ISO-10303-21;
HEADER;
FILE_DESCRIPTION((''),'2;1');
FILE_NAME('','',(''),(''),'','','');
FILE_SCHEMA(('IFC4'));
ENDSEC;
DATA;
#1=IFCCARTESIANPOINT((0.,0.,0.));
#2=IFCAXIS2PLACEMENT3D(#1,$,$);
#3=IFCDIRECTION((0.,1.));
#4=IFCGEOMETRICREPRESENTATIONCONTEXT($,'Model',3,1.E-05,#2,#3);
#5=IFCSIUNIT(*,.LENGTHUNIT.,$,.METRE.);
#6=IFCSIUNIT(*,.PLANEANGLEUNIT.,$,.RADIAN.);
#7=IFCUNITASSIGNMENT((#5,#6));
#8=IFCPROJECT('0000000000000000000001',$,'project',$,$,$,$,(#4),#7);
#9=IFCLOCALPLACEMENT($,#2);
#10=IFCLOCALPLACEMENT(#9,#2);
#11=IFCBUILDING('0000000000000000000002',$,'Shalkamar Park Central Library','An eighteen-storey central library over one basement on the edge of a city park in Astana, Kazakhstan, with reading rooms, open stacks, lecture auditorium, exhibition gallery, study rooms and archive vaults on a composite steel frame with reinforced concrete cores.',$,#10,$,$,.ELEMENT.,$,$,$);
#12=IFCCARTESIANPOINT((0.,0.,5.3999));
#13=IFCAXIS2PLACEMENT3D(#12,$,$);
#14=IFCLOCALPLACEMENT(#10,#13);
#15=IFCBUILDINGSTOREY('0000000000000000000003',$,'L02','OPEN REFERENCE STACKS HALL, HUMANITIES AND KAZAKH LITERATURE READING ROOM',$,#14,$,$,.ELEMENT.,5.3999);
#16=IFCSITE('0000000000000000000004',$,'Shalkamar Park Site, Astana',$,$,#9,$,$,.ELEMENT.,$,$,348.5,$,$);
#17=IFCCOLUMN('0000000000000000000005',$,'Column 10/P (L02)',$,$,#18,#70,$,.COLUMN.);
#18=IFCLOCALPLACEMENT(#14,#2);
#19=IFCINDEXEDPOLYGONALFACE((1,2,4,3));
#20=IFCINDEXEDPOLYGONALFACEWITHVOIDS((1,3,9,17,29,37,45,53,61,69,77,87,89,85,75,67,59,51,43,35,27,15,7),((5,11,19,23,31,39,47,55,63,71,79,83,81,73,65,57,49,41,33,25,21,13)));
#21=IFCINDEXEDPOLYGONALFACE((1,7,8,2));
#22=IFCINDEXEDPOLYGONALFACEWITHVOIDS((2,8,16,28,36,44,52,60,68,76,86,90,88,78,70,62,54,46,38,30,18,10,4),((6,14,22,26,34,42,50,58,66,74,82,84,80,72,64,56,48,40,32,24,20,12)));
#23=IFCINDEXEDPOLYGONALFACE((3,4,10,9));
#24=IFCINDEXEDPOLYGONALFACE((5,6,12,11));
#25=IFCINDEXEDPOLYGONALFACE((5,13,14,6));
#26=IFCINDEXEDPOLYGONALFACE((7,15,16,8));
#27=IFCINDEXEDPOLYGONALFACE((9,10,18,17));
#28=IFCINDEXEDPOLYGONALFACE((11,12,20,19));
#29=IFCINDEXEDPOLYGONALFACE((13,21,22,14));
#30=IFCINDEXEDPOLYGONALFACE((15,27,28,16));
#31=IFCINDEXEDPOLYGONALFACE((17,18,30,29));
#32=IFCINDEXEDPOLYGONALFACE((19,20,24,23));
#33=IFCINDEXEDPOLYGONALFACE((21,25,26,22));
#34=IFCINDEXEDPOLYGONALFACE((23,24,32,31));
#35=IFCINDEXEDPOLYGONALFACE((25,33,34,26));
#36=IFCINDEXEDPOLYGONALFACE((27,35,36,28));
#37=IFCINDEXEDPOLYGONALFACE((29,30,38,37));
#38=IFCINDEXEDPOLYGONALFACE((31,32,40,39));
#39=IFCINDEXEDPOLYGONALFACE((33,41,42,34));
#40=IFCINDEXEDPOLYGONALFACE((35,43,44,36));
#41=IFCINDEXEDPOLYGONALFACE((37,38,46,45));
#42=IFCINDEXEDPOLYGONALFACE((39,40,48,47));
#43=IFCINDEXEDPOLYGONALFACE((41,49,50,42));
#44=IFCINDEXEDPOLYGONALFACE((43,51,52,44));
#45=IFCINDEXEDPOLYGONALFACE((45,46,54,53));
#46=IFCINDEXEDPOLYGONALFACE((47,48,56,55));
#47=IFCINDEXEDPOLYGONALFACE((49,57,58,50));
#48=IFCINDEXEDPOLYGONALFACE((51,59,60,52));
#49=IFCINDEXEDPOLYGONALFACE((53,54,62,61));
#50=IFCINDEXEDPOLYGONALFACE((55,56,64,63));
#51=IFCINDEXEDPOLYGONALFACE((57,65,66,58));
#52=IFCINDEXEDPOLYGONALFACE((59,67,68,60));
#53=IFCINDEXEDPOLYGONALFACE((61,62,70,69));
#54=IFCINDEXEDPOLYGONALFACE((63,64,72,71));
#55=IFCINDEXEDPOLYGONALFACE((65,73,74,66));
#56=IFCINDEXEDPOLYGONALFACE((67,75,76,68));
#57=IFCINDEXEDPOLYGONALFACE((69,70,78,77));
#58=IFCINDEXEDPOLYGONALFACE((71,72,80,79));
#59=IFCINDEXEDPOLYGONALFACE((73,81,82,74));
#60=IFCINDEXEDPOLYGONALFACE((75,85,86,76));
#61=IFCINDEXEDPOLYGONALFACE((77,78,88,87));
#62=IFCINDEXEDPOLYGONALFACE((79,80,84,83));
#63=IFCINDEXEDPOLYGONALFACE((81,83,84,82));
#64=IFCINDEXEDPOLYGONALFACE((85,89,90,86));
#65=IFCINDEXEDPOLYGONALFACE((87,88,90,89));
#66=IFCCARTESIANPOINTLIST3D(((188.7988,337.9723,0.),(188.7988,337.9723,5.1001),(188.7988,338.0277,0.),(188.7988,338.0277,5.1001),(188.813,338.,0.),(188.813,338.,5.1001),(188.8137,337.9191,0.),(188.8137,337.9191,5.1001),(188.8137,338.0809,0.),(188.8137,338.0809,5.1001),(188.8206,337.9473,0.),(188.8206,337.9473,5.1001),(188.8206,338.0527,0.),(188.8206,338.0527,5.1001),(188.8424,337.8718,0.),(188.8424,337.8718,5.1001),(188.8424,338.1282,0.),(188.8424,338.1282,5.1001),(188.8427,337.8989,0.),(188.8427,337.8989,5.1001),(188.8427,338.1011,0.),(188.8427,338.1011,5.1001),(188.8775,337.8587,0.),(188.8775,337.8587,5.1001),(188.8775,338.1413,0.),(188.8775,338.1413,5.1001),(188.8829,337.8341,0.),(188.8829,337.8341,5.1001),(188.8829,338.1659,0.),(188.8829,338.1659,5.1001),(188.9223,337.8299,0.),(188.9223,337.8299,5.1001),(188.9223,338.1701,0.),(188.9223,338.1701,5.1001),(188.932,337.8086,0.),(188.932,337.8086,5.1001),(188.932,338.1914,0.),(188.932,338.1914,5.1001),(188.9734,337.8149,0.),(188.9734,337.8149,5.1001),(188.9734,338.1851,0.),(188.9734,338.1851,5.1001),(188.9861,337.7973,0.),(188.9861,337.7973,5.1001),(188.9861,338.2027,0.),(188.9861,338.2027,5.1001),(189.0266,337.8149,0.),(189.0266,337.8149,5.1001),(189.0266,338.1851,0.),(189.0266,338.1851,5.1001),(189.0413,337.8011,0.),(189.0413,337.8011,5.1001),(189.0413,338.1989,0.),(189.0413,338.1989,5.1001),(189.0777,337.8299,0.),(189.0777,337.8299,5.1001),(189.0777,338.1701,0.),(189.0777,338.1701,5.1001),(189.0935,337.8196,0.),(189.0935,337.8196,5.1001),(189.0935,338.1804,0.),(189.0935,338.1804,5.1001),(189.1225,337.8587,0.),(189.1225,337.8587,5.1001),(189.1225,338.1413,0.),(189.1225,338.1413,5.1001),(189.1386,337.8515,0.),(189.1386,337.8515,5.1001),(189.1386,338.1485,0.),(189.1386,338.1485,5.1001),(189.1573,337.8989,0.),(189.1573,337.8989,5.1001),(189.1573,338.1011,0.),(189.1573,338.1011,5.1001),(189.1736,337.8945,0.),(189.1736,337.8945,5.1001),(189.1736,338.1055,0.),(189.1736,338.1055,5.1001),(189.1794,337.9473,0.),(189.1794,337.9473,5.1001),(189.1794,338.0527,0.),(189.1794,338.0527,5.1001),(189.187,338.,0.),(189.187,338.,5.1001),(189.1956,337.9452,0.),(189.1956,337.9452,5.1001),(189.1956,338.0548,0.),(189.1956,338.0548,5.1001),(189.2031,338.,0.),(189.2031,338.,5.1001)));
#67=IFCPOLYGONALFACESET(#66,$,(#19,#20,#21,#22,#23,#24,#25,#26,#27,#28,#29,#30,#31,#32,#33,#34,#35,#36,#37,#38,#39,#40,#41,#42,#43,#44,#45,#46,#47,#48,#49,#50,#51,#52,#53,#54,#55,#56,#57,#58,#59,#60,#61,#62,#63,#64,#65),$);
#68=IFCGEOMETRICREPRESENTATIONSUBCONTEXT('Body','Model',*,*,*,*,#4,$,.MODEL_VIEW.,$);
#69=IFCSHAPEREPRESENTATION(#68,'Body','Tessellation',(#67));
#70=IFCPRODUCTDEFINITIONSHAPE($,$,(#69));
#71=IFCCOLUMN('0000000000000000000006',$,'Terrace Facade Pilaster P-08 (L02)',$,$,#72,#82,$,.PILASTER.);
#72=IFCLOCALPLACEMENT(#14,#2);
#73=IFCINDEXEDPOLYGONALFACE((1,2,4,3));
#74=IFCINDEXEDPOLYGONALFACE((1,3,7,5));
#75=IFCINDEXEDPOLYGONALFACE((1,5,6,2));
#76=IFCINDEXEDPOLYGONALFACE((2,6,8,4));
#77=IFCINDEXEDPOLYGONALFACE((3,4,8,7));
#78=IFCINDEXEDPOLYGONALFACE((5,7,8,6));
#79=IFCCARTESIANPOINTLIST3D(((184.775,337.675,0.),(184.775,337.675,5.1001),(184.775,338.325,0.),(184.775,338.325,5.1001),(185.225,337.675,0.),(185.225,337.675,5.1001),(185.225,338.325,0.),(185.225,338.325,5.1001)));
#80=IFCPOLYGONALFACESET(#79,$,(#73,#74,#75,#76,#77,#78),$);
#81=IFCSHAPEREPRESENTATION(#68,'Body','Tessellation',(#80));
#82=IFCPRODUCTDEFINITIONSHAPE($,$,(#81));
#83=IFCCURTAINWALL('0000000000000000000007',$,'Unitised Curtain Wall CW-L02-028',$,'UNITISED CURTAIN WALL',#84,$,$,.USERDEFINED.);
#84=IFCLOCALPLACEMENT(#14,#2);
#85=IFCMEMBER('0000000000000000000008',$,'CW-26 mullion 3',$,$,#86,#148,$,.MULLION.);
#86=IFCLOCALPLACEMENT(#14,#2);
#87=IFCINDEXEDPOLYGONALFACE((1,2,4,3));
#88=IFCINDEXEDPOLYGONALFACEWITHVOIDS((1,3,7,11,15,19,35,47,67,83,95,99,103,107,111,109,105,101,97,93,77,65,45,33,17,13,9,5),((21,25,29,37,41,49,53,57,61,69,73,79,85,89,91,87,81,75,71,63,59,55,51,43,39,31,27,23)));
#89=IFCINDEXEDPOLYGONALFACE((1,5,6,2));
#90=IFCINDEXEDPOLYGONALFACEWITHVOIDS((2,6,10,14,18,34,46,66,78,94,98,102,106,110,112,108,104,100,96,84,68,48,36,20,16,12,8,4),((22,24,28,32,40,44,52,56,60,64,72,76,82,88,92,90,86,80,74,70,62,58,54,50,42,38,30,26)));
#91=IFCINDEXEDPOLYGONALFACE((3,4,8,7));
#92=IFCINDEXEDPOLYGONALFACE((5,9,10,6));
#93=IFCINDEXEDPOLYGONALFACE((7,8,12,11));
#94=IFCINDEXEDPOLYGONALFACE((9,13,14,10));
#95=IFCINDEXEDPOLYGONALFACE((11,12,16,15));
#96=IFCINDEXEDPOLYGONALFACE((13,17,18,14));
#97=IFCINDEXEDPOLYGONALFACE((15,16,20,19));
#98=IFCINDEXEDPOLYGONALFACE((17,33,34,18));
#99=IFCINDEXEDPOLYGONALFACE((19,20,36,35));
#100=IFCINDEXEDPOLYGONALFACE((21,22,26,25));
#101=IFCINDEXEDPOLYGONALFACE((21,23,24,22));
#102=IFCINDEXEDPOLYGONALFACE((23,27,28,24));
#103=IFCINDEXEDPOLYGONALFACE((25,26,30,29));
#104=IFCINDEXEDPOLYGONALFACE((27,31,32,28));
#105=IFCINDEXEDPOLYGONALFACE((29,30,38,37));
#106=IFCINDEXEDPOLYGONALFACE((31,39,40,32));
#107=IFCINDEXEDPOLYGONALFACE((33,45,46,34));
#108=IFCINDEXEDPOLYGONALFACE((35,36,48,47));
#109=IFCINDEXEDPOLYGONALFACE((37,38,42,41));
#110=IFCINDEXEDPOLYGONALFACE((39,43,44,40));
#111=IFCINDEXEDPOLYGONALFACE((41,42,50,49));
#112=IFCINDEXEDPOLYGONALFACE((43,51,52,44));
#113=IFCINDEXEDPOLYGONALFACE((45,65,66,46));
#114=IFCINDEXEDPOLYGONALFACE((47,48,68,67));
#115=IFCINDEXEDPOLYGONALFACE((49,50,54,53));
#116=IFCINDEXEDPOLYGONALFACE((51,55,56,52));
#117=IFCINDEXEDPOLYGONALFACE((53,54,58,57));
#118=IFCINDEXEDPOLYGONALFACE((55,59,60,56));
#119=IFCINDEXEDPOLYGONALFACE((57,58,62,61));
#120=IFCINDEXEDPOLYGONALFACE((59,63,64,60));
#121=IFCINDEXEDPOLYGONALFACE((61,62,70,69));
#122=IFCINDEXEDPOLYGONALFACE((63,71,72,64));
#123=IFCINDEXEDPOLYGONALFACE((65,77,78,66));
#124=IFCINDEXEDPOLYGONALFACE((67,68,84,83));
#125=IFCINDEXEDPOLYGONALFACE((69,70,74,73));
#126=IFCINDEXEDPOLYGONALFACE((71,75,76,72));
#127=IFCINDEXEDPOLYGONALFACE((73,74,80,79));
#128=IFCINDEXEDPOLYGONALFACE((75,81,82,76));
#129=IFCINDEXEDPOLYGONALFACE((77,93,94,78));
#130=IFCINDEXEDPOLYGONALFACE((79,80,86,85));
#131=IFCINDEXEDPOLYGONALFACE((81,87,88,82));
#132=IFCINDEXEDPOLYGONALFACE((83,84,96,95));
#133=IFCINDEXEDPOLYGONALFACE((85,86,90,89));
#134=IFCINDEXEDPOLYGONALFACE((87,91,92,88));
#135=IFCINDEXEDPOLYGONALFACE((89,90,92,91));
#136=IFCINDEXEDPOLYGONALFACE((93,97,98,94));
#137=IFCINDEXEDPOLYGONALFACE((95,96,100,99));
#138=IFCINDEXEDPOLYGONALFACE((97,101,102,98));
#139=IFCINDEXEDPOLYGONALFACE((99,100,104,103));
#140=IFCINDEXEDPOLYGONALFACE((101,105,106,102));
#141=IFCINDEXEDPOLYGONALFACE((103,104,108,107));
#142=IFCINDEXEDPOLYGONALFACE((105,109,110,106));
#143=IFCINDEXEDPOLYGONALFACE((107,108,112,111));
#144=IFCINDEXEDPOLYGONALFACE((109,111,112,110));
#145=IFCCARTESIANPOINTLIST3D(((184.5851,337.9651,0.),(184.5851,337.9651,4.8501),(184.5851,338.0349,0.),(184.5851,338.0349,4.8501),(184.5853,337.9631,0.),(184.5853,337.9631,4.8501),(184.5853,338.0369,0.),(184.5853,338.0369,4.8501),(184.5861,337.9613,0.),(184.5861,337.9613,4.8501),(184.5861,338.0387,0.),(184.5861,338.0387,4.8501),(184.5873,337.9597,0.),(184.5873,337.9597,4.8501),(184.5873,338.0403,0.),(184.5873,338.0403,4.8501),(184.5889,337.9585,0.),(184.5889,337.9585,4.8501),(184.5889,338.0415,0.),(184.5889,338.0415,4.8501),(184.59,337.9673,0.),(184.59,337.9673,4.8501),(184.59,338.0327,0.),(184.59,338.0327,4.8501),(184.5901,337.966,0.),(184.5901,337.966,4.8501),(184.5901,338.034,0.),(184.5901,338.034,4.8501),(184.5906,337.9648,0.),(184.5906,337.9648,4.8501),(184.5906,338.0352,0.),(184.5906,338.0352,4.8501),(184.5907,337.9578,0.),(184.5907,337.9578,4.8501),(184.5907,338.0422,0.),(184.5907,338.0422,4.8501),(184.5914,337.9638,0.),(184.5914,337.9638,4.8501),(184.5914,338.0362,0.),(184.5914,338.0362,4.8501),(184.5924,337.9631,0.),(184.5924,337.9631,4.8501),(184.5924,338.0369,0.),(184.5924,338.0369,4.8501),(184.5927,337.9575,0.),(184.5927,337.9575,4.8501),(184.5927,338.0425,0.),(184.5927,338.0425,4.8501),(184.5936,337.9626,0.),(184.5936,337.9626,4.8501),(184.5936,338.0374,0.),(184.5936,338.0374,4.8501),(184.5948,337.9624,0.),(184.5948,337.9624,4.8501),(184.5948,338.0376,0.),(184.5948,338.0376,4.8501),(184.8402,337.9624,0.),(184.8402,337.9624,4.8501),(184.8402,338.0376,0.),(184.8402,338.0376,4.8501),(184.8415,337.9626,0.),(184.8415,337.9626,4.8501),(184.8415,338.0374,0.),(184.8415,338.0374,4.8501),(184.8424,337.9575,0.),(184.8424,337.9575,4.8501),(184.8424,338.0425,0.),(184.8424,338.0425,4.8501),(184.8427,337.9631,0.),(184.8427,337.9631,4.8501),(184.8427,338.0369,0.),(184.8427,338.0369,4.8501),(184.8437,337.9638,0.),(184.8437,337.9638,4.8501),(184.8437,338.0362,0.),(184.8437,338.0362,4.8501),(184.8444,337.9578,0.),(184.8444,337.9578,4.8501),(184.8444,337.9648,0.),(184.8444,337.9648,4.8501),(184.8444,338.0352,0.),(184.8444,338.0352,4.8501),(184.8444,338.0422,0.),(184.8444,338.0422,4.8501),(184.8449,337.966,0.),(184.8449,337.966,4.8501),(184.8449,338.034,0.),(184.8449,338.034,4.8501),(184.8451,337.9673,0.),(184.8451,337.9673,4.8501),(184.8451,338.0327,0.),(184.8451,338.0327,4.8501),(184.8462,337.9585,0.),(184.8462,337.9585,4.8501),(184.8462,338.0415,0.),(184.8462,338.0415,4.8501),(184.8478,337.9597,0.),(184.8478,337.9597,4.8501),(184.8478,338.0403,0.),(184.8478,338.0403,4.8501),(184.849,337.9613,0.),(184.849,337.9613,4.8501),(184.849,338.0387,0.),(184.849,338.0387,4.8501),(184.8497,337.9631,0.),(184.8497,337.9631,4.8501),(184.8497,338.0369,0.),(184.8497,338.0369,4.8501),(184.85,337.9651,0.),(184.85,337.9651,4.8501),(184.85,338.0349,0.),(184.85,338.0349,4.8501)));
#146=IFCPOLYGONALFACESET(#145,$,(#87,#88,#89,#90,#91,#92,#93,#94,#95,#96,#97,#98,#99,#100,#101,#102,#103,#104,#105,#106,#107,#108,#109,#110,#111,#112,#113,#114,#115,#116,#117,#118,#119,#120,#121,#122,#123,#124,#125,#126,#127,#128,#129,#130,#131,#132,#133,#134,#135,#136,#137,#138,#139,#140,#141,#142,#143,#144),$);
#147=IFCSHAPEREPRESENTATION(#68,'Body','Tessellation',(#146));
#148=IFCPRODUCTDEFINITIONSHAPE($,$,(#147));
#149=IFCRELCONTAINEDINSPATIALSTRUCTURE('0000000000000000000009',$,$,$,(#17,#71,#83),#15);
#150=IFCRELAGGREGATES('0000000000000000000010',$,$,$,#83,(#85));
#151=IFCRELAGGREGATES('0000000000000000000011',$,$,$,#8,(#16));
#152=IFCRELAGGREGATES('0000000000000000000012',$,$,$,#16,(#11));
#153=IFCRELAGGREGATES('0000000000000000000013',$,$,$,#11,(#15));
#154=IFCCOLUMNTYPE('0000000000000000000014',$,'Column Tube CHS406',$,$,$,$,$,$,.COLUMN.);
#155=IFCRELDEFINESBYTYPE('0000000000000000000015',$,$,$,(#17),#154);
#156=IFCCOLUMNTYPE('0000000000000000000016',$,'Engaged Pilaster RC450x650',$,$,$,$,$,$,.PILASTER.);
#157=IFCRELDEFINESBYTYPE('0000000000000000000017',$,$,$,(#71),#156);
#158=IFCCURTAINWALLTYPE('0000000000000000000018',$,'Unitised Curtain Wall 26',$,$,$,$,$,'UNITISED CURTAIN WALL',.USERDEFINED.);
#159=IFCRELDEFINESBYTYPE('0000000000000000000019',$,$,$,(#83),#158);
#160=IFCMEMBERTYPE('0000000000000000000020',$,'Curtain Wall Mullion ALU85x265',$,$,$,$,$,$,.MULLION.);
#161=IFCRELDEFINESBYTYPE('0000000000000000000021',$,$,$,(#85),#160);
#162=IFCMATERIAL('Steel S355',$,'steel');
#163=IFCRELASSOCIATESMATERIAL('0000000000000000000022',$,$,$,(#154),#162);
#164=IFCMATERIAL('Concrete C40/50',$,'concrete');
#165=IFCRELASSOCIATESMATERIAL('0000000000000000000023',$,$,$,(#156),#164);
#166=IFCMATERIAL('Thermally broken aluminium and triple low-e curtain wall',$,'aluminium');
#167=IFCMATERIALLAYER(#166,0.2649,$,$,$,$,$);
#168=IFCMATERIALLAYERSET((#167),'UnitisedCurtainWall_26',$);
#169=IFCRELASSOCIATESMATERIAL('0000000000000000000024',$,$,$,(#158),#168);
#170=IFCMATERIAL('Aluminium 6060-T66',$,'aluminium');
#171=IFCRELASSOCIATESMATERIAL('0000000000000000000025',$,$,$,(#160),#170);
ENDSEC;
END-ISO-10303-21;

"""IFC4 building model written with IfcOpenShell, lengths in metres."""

from ifc_helpers import new_model, si_unit, direction, frame, origin, origin_2d, place, context, subcontext, project, spatial, rectangle, hollow_rectangle, hollow_circle, extrude, material, layer, layer_set, material_profile, profile_set, type_object, element, aggregate, save


model = new_model("IFC4")

# Units and contexts
model_context = context("Model", 3, precision=1e-05, world=origin(), true_north=direction((0.0, 1.0)))
body_context = subcontext(model_context, "Body", "Model", "MODEL_VIEW")
ifc_project = project(units=[si_unit("LENGTHUNIT", "METRE"), si_unit("PLANEANGLEUNIT", "RADIAN")], contexts=[model_context])

# Site, building, storey
site_placement = place(None, origin())
site = spatial("IfcSite", under=ifc_project, at=site_placement, Name="Shalkamar Park Site, Astana", CompositionType="ELEMENT", RefElevation=348.5)
building_placement = place(site_placement, origin())
building = spatial("IfcBuilding", under=site, at=building_placement, Name="Shalkamar Park Central Library", Description="An eighteen-storey central library over one basement on the edge of a city park in Astana, Kazakhstan, with reading rooms, open stacks, lecture auditorium, exhibition gallery, study rooms and archive vaults on a composite steel frame with reinforced concrete cores.", CompositionType="ELEMENT")
storey_placement = place(building_placement, frame((0.0, 0.0, 5.3999)))
storey = spatial("IfcBuildingStorey", under=building, at=storey_placement, Name="L02", Description="OPEN REFERENCE STACKS HALL, HUMANITIES AND KAZAKH LITERATURE READING ROOM", CompositionType="ELEMENT", Elevation=5.3999)

# Columns
ifc_material_1 = material(Name="Steel S355", Category="steel")
ifc_material_profile_1 = material_profile(ifc_material_1, hollow_circle(Radius=0.2031, WallThickness=0.0161, at=origin_2d()), Name="CHS 406.4x16")
ifc_profile_set_1 = profile_set([ifc_material_profile_1], Name="Steel S355")
column_type_1 = type_object("IfcColumnType", Name="Column Tube CHS406", PredefinedType="COLUMN", material=ifc_profile_set_1)
column_1_placement = place(storey_placement, frame((189.0, 338.0, 0.0), z_axis=(0.0, 0.0, 1.0), x_axis=(1.0, 0.0, 0.0)))
element("IfcColumn", 1, at=column_1_placement, inside=storey, type_object=column_type_1, Name="Column 10/P (L02)", PredefinedType="COLUMN", context=body_context, shape_type="SweptSolid", body=[
    extrude(hollow_circle(Radius=0.2031, WallThickness=0.0161, at=origin_2d()), origin(), (0.0, 0.0, 1.0), 5.1001),
])
ifc_material_2 = material(Name="Concrete C40/50", Category="concrete")
ifc_material_profile_2 = material_profile(ifc_material_2, rectangle(XDim=0.45, YDim=0.6499, at=origin_2d()), Name="RC 450x650")
ifc_profile_set_2 = profile_set([ifc_material_profile_2], Name="Concrete C40/50")
column_type_2 = type_object("IfcColumnType", Name="Engaged Pilaster RC450x650", PredefinedType="PILASTER", material=ifc_profile_set_2)
column_2_placement = place(storey_placement, frame((185.0, 338.0, 0.0), z_axis=(0.0, 0.0, 1.0), x_axis=(1.0, 0.0, 0.0)))
element("IfcColumn", 2, at=column_2_placement, inside=storey, type_object=column_type_2, Name="Terrace Facade Pilaster P-08 (L02)", PredefinedType="PILASTER", context=body_context, shape_type="SweptSolid", body=[
    extrude(rectangle(XDim=0.45, YDim=0.6499, at=origin_2d()), origin(), (0.0, 0.0, 1.0), 5.1001),
])

# Curtain wall, member
ifc_material_3 = material(Name="Thermally broken aluminium and triple low-e curtain wall", Category="aluminium")
ifc_layer_1 = layer(ifc_material_3, 0.2649)
ifc_layer_set_1 = layer_set([ifc_layer_1], Name="UnitisedCurtainWall_26")
curtain_wall_type_1 = type_object("IfcCurtainWallType", Name="Unitised Curtain Wall 26", ElementType="UNITISED CURTAIN WALL", PredefinedType="USERDEFINED", material=ifc_layer_set_1)
curtain_wall_1_placement = place(storey_placement, origin())
curtain_wall_1 = element("IfcCurtainWall", 3, at=curtain_wall_1_placement, inside=storey, type_object=curtain_wall_type_1, Name="Unitised Curtain Wall CW-L02-028", ObjectType="UNITISED CURTAIN WALL", PredefinedType="USERDEFINED")
ifc_material_4 = material(Name="Aluminium 6060-T66", Category="aluminium")
ifc_material_profile_3 = material_profile(ifc_material_4, hollow_rectangle(XDim=0.085, YDim=0.2649, WallThickness=0.0049, InnerFilletRadius=0.0049, OuterFilletRadius=0.0076, at=origin_2d()), Name="ALU 85x265x5")
ifc_profile_set_3 = profile_set([ifc_material_profile_3], Name="Aluminium 6060-T66")
member_type_1 = type_object("IfcMemberType", Name="Curtain Wall Mullion ALU85x265", PredefinedType="MULLION", material=ifc_profile_set_3)
member_1_placement = place(storey_placement, frame((184.7175, 338.0, 0.0), z_axis=(0.0, 0.0, 1.0), x_axis=(0.0, 1.0, 0.0)))
member_1 = element("IfcMember", 4, at=member_1_placement, type_object=member_type_1, Name="CW-26 mullion 3", PredefinedType="MULLION", context=body_context, shape_type="SweptSolid", body=[
    extrude(hollow_rectangle(XDim=0.085, YDim=0.2649, WallThickness=0.0049, InnerFilletRadius=0.0049, OuterFilletRadius=0.0076, at=origin_2d()), origin(), (0.0, 0.0, 1.0), 4.8501),
])

aggregate(curtain_wall_1, [member_1])

save(model, "model.ifc")
